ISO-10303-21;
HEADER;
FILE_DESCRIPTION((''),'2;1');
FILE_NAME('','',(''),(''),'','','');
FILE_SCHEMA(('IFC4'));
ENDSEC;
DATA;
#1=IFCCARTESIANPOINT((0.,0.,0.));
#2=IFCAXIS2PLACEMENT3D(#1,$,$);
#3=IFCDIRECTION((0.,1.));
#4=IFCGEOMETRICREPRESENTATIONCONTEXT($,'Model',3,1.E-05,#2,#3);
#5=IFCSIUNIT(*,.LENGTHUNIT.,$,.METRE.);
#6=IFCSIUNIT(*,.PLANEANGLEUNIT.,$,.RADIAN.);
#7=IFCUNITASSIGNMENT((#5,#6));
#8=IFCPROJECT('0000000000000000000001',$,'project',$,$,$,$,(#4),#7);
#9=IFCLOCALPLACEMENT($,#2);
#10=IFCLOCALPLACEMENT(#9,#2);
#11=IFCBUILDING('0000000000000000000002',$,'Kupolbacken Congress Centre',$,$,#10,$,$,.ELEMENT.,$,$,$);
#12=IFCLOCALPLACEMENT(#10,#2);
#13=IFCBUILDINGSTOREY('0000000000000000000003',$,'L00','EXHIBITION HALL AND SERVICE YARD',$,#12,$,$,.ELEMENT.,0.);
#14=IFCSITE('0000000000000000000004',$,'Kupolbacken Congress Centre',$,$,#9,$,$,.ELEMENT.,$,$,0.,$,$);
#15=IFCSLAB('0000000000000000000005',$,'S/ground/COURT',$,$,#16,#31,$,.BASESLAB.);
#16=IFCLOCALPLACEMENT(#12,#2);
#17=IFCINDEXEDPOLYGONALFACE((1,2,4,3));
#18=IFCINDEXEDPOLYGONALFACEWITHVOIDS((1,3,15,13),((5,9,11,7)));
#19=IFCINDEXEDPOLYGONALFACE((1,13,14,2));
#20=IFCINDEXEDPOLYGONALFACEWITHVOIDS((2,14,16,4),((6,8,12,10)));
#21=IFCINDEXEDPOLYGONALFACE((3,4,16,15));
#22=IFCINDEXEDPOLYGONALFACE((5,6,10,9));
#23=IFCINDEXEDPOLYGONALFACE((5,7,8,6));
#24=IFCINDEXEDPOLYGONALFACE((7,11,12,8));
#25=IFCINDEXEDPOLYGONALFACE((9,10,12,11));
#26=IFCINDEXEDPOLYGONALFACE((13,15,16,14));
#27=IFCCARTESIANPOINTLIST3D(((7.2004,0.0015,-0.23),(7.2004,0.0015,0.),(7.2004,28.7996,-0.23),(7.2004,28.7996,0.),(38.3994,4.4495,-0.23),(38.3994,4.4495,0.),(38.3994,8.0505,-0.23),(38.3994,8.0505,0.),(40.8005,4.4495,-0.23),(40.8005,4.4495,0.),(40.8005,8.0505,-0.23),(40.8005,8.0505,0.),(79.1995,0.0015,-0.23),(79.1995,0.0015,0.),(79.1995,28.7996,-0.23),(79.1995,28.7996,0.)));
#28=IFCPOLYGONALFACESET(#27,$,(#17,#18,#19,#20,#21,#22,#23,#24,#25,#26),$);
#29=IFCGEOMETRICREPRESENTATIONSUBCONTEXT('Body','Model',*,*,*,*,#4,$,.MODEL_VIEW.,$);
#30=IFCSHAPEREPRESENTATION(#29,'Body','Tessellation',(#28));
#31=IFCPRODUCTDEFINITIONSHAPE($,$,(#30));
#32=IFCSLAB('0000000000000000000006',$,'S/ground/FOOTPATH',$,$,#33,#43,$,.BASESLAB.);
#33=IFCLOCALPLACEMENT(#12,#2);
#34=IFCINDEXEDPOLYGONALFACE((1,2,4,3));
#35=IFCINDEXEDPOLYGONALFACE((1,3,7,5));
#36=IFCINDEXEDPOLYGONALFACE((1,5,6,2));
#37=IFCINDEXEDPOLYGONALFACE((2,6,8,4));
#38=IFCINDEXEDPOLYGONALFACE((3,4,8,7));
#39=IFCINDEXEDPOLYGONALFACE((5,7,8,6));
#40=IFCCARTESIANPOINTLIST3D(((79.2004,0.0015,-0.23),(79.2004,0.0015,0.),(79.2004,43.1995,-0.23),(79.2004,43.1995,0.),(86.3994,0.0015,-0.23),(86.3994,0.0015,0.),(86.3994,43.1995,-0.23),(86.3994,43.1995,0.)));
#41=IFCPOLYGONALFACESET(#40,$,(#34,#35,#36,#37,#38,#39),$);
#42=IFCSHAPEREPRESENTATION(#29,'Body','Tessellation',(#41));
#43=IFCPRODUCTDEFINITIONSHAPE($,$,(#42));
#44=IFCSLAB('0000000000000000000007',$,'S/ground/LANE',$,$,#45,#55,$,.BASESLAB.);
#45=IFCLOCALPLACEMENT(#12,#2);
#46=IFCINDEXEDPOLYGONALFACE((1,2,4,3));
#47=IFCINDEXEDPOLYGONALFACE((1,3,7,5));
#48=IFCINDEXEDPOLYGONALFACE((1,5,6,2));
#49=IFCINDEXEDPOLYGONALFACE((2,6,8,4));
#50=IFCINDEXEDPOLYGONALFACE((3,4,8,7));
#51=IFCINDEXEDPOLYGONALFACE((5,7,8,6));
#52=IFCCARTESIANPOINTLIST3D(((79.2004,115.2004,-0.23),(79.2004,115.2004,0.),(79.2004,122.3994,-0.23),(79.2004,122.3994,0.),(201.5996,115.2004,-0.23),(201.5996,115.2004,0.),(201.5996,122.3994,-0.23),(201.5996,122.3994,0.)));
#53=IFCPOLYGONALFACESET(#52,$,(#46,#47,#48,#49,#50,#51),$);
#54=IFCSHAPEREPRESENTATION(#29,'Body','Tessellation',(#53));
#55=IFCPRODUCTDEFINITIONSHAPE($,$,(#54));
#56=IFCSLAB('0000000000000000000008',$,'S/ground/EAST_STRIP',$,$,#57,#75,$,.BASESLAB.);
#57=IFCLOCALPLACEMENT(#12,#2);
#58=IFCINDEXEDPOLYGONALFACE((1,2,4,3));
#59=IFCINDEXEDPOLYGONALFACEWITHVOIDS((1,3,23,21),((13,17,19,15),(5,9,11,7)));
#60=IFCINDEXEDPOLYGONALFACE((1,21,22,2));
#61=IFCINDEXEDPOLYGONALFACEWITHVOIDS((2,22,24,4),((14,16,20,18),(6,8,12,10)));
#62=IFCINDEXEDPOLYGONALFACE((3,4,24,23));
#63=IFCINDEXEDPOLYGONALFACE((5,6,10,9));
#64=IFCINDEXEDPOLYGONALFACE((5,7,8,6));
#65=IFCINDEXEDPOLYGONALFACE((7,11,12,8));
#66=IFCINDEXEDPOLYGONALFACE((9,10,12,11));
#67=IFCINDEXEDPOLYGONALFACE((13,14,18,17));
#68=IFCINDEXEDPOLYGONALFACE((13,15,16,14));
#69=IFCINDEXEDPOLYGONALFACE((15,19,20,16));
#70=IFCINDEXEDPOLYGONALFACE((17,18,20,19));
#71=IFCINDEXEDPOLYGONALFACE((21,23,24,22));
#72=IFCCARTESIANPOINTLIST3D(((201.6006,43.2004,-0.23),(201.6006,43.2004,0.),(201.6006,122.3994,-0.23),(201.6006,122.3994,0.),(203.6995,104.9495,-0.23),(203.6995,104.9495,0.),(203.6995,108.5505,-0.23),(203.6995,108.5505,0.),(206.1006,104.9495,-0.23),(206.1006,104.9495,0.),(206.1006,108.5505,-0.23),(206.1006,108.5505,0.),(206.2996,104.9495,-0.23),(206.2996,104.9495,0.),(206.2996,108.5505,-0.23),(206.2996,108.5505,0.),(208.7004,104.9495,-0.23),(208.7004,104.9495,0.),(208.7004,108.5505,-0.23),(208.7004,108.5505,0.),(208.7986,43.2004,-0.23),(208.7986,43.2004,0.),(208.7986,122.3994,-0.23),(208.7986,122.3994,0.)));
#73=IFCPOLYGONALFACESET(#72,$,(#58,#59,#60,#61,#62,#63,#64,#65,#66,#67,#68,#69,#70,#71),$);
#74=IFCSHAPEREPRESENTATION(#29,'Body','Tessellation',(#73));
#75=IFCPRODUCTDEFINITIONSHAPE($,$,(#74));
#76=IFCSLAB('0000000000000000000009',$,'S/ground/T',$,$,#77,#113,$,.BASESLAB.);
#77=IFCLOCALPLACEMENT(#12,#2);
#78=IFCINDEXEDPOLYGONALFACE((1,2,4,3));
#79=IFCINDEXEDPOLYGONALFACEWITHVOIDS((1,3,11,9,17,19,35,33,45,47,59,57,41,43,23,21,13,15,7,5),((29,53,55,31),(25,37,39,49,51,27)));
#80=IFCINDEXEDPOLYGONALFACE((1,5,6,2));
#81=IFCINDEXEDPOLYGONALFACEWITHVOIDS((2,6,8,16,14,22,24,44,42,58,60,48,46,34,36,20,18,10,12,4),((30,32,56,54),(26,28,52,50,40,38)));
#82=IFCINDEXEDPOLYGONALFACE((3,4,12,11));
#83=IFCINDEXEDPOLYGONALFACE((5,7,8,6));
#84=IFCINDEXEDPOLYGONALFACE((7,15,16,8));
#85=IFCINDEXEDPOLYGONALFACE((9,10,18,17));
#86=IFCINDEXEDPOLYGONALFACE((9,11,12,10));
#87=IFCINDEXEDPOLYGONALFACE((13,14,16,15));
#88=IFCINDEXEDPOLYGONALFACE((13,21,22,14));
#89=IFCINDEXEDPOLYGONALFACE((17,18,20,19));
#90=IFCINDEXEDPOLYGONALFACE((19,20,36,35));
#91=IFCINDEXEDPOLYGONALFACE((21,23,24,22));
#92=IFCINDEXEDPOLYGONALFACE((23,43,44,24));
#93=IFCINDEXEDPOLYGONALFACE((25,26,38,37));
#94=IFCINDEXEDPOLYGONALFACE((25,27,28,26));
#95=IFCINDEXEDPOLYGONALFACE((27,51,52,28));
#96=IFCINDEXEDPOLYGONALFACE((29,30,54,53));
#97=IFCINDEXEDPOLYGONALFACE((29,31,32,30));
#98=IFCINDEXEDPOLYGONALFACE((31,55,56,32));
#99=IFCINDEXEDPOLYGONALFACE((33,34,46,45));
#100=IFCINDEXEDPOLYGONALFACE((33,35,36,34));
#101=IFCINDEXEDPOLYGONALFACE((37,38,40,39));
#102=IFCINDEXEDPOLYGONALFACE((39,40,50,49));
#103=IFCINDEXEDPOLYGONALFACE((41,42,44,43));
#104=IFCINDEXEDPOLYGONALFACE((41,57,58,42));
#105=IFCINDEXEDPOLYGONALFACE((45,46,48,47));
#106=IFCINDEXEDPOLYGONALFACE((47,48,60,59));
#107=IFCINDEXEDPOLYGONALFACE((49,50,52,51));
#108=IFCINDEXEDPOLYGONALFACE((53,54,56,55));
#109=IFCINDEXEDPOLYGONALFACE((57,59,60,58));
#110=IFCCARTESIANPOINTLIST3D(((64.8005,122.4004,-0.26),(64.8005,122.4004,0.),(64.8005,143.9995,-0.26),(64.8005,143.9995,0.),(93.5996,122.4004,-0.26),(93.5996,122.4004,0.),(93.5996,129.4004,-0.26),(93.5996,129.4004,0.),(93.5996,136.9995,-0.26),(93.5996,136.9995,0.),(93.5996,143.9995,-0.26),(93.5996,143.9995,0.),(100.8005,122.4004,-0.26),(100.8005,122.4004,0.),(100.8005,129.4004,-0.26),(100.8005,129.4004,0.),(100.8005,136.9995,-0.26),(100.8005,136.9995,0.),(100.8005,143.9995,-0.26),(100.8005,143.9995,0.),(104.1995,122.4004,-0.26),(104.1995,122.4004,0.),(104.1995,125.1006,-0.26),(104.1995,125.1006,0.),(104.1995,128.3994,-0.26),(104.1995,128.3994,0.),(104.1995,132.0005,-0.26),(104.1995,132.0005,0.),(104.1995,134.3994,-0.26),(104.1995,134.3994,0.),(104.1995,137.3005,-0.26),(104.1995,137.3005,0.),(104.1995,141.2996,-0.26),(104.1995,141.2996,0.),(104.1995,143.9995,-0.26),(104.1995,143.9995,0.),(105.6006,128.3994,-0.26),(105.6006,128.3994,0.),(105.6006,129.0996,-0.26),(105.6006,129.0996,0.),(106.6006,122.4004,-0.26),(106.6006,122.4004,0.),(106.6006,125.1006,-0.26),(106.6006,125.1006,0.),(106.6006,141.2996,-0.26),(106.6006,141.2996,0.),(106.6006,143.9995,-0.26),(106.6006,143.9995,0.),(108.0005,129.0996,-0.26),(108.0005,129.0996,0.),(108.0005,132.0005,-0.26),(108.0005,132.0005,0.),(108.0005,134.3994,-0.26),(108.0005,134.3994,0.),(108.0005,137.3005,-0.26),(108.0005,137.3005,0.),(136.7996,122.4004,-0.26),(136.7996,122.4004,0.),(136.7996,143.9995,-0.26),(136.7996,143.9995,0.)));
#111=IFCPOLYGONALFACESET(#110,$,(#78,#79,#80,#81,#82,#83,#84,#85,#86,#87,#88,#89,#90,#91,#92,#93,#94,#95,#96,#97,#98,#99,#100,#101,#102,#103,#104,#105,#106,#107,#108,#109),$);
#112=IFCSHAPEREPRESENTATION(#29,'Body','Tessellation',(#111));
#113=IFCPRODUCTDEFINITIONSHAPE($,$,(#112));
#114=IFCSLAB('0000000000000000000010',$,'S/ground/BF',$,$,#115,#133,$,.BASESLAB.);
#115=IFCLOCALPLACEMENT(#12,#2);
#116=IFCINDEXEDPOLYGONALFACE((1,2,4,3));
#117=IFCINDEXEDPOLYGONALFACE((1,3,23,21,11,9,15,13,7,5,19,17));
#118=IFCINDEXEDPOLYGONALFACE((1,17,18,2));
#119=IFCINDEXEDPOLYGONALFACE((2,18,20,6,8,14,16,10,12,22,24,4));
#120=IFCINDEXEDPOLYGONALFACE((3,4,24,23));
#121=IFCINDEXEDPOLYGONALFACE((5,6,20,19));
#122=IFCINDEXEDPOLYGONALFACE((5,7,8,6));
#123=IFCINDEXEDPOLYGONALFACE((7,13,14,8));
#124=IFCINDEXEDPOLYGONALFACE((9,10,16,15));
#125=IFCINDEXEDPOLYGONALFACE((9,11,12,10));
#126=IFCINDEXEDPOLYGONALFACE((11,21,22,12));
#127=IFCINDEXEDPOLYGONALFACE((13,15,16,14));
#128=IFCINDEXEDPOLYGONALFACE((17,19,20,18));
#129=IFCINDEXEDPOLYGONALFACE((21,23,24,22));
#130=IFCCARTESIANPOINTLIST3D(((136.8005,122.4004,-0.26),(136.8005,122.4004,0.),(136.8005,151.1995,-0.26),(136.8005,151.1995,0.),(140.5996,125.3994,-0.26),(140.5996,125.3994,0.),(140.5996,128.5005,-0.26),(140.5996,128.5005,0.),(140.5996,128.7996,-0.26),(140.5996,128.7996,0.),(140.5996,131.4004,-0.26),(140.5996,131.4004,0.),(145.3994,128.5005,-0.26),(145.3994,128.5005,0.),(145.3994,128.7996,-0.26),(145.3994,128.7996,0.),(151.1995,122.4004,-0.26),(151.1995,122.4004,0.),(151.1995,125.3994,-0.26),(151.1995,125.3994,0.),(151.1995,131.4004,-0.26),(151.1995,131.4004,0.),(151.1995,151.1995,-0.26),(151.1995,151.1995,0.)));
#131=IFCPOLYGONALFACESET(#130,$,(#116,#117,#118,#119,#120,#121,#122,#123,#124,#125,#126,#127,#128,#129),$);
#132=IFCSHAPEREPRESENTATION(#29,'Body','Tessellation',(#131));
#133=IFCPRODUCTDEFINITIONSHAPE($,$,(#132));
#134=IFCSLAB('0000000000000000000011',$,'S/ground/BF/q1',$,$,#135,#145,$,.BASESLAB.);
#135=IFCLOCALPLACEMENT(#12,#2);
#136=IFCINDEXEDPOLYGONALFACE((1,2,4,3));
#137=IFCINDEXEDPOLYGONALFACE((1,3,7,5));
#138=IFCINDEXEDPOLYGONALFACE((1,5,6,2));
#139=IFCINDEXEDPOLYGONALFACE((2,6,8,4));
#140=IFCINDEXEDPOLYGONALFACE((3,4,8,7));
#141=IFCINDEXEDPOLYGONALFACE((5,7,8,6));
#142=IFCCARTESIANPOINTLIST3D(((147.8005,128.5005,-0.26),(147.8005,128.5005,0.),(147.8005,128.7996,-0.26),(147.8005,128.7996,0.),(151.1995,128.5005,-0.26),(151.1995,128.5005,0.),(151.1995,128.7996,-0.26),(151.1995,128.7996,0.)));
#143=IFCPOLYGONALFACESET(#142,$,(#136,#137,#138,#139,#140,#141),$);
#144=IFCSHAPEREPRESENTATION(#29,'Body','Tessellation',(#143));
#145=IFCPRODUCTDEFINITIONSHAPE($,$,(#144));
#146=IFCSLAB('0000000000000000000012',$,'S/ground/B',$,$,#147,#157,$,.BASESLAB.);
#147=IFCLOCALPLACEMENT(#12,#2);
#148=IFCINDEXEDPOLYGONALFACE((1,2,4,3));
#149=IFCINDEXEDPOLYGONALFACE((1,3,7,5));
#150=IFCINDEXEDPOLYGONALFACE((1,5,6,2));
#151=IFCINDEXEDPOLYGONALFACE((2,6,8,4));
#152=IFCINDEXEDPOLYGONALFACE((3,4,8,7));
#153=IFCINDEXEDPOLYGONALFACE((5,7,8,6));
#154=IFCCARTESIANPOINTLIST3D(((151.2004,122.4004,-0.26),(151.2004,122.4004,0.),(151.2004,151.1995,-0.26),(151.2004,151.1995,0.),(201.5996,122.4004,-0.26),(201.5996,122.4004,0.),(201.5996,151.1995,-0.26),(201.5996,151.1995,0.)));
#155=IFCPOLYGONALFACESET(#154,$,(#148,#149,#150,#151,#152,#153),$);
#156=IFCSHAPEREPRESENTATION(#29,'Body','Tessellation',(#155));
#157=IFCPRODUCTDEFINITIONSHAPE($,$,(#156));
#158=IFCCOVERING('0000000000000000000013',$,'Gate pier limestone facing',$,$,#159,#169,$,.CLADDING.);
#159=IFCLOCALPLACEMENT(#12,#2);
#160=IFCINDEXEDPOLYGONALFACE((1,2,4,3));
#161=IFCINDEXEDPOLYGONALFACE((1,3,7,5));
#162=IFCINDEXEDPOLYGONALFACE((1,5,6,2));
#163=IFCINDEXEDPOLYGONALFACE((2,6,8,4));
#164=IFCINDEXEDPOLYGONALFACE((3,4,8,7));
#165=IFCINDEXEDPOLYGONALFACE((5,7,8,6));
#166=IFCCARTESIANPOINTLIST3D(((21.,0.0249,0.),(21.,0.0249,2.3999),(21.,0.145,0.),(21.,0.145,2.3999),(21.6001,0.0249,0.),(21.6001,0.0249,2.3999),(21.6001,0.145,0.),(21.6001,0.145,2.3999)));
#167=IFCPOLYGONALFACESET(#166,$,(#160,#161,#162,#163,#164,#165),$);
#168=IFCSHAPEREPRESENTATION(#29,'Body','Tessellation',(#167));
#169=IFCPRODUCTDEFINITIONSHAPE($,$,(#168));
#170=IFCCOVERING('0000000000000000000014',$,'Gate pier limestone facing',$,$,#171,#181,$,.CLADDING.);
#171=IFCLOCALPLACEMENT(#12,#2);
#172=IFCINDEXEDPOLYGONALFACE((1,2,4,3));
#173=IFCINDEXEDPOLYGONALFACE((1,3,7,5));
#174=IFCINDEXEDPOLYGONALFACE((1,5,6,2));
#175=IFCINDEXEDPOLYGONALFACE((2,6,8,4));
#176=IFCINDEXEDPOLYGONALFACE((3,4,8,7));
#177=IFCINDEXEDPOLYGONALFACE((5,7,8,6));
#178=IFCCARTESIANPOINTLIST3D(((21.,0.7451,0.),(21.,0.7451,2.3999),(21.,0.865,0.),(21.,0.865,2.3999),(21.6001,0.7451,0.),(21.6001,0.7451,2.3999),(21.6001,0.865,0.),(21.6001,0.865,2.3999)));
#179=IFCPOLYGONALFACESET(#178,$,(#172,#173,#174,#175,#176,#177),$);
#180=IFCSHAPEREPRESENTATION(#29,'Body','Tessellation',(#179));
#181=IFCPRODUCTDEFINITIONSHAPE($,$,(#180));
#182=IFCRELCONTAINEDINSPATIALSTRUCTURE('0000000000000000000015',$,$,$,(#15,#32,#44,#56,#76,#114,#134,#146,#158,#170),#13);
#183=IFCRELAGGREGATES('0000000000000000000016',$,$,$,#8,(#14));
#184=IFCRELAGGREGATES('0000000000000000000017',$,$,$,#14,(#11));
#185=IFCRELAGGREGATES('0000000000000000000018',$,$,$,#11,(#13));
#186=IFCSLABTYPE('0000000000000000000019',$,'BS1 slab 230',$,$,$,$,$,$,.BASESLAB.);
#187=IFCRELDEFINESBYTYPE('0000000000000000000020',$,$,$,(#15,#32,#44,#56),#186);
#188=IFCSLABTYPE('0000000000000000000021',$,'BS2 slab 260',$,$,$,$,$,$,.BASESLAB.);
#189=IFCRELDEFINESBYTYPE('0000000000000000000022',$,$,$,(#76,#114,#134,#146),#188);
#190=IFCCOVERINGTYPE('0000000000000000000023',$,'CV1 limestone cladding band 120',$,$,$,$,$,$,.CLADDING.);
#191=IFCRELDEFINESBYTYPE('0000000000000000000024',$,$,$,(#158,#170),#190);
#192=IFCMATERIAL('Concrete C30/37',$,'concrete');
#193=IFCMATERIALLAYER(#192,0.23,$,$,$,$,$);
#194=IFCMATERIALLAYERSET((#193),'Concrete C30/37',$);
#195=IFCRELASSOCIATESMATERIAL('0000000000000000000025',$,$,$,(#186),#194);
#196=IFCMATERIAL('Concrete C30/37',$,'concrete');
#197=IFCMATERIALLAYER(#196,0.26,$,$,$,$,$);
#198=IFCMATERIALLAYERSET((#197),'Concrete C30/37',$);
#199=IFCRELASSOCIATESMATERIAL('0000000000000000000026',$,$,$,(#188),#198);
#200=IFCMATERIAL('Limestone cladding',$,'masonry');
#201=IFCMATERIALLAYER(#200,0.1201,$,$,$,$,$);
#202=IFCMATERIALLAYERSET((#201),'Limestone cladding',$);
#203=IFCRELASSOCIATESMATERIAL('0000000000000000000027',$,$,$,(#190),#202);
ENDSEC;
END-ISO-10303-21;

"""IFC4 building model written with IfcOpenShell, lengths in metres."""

from ifc_helpers import new_model, si_unit, direction, frame, origin, place, context, subcontext, project, spatial, polyline, outline, extrude, material, layer, layer_set, type_object, element, save


model = new_model("IFC4")

# Units and contexts
model_context = context("Model", 3, precision=1e-05, world=origin(), true_north=direction((0.0, 1.0)))
body_context = subcontext(model_context, "Body", "Model", "MODEL_VIEW")
ifc_project = project(units=[si_unit("LENGTHUNIT", "METRE"), si_unit("PLANEANGLEUNIT", "RADIAN")], contexts=[model_context])

# Site, building, storey
site_placement = place(None, origin())
site = spatial("IfcSite", under=ifc_project, at=site_placement, Name="Kupolbacken Congress Centre", CompositionType="ELEMENT", RefElevation=0.0)
building_placement = place(site_placement, origin())
building = spatial("IfcBuilding", under=site, at=building_placement, Name="Kupolbacken Congress Centre", CompositionType="ELEMENT")
storey_placement = place(building_placement, origin())
storey = spatial("IfcBuildingStorey", under=building, at=storey_placement, Name="L00", Description="EXHIBITION HALL AND SERVICE YARD", CompositionType="ELEMENT", Elevation=0.0)

# Slabs
ifc_material_1 = material(Name="Concrete C30/37", Category="concrete")
ifc_layer_1 = layer(ifc_material_1, 0.23)
ifc_layer_set_1 = layer_set([ifc_layer_1], Name="Concrete C30/37")
slab_type_1 = type_object("IfcSlabType", Name="BS1 slab 230", PredefinedType="BASESLAB", material=ifc_layer_set_1)
slab_1_placement = place(storey_placement, frame((0.0, 0.0, -0.23)))
element("IfcSlab", 1, at=slab_1_placement, inside=storey, type_object=slab_type_1, Name="S/ground/COURT", PredefinedType="BASESLAB", context=body_context, shape_type="SweptSolid", body=[
    extrude(outline(polyline([(7.2004, 0.0015), (79.1995, 0.0015), (79.1995, 28.7996), (7.2004, 28.7996), (7.2004, 0.0015)]), holes=[polyline([(40.8005, 4.4495), (38.3994, 4.4495), (38.3994, 8.0505), (40.8005, 8.0505), (40.8005, 4.4495)])]), origin(), (0.0, 0.0, 1.0), 0.23),
])
slab_2_placement = place(storey_placement, frame((0.0, 0.0, -0.23)))
element("IfcSlab", 2, at=slab_2_placement, inside=storey, type_object=slab_type_1, Name="S/ground/FOOTPATH", PredefinedType="BASESLAB", context=body_context, shape_type="SweptSolid", body=[
    extrude(outline(polyline([(86.3994, 0.0015), (86.3994, 43.1995), (79.2004, 43.1995), (79.2004, 0.0015), (86.3994, 0.0015)])), origin(), (0.0, 0.0, 1.0), 0.23),
])
slab_3_placement = place(storey_placement, frame((0.0, 0.0, -0.23)))
element("IfcSlab", 3, at=slab_3_placement, inside=storey, type_object=slab_type_1, Name="S/ground/LANE", PredefinedType="BASESLAB", context=body_context, shape_type="SweptSolid", body=[
    extrude(outline(polyline([(201.5996, 115.2004), (201.5996, 122.3994), (79.2004, 122.3994), (79.2004, 115.2004), (201.5996, 115.2004)])), origin(), (0.0, 0.0, 1.0), 0.23),
])
slab_4_placement = place(storey_placement, frame((0.0, 0.0, -0.23)))
element("IfcSlab", 4, at=slab_4_placement, inside=storey, type_object=slab_type_1, Name="S/ground/EAST_STRIP", PredefinedType="BASESLAB", context=body_context, shape_type="SweptSolid", body=[
    extrude(outline(polyline([(201.6006, 43.2004), (208.7986, 43.2004), (208.7986, 122.3994), (201.6006, 122.3994), (201.6006, 43.2004)]), holes=[polyline([(206.2996, 108.5505), (208.7004, 108.5505), (208.7004, 104.9495), (206.2996, 104.9495), (206.2996, 108.5505)]), polyline([(203.6995, 108.5505), (206.1006, 108.5505), (206.1006, 104.9495), (203.6995, 104.9495), (203.6995, 108.5505)])]), origin(), (0.0, 0.0, 1.0), 0.23),
])
ifc_material_2 = material(Name="Concrete C30/37", Category="concrete")
ifc_layer_2 = layer(ifc_material_2, 0.26)
ifc_layer_set_2 = layer_set([ifc_layer_2], Name="Concrete C30/37")
slab_type_2 = type_object("IfcSlabType", Name="BS2 slab 260", PredefinedType="BASESLAB", material=ifc_layer_set_2)
slab_5_placement = place(storey_placement, frame((0.0, 0.0, -0.26)))
element("IfcSlab", 5, at=slab_5_placement, inside=storey, type_object=slab_type_2, Name="S/ground/T", PredefinedType="BASESLAB", context=body_context, shape_type="SweptSolid", body=[
    extrude(outline(polyline([(64.8005, 122.4004), (93.5996, 122.4004), (93.5996, 129.4004), (100.8005, 129.4004), (100.8005, 122.4004), (104.1995, 122.4004), (104.1995, 125.1006), (106.6006, 125.1006), (106.6006, 122.4004), (136.7996, 122.4004), (136.7996, 143.9995), (106.6006, 143.9995), (106.6006, 141.2996), (104.1995, 141.2996), (104.1995, 143.9995), (100.8005, 143.9995), (100.8005, 136.9995), (93.5996, 136.9995), (93.5996, 143.9995), (64.8005, 143.9995), (64.8005, 122.4004)]), holes=[polyline([(105.6006, 128.3994), (104.1995, 128.3994), (104.1995, 132.0005), (108.0005, 132.0005), (108.0005, 129.0996), (105.6006, 129.0996), (105.6006, 128.3994)]), polyline([(104.1995, 134.3994), (104.1995, 137.3005), (108.0005, 137.3005), (108.0005, 134.3994), (104.1995, 134.3994)])]), origin(), (0.0, 0.0, 1.0), 0.26),
])
slab_6_placement = place(storey_placement, frame((0.0, 0.0, -0.26)))
element("IfcSlab", 6, at=slab_6_placement, inside=storey, type_object=slab_type_2, Name="S/ground/BF", PredefinedType="BASESLAB", context=body_context, shape_type="SweptSolid", body=[
    extrude(outline(polyline([(136.8005, 122.4004), (151.1995, 122.4004), (151.1995, 125.3994), (140.5996, 125.3994), (140.5996, 128.5005), (145.3994, 128.5005), (145.3994, 128.7996), (140.5996, 128.7996), (140.5996, 131.4004), (151.1995, 131.4004), (151.1995, 151.1995), (136.8005, 151.1995), (136.8005, 122.4004)])), origin(), (0.0, 0.0, 1.0), 0.26),
])
slab_7_placement = place(storey_placement, frame((0.0, 0.0, -0.26)))
element("IfcSlab", 7, at=slab_7_placement, inside=storey, type_object=slab_type_2, Name="S/ground/BF/q1", PredefinedType="BASESLAB", context=body_context, shape_type="SweptSolid", body=[
    extrude(outline(polyline([(151.1995, 128.7996), (147.8005, 128.7996), (147.8005, 128.5005), (151.1995, 128.5005), (151.1995, 128.7996)])), origin(), (0.0, 0.0, 1.0), 0.26),
])
slab_8_placement = place(storey_placement, frame((0.0, 0.0, -0.26)))
element("IfcSlab", 8, at=slab_8_placement, inside=storey, type_object=slab_type_2, Name="S/ground/B", PredefinedType="BASESLAB", context=body_context, shape_type="SweptSolid", body=[
    extrude(outline(polyline([(201.5996, 122.4004), (201.5996, 151.1995), (151.2004, 151.1995), (151.2004, 122.4004), (201.5996, 122.4004)])), origin(), (0.0, 0.0, 1.0), 0.26),
])

# Coverings
ifc_material_3 = material(Name="Limestone cladding", Category="masonry")
ifc_layer_3 = layer(ifc_material_3, 0.1201)
ifc_layer_set_3 = layer_set([ifc_layer_3], Name="Limestone cladding")
covering_type_1 = type_object("IfcCoveringType", Name="CV1 limestone cladding band 120", PredefinedType="CLADDING", material=ifc_layer_set_3)
covering_1_placement = place(storey_placement, origin())
element("IfcCovering", 9, at=covering_1_placement, inside=storey, type_object=covering_type_1, Name="Gate pier limestone facing", PredefinedType="CLADDING", context=body_context, shape_type="SweptSolid", body=[
    extrude(outline(polyline([(21.0, 0.0249), (21.0, 0.145), (21.6001, 0.145), (21.6001, 0.0249), (21.0, 0.0249)])), origin(), (0.0, 0.0, 1.0), 2.3999),
])
covering_2_placement = place(storey_placement, origin())
element("IfcCovering", 10, at=covering_2_placement, inside=storey, type_object=covering_type_1, Name="Gate pier limestone facing", PredefinedType="CLADDING", context=body_context, shape_type="SweptSolid", body=[
    extrude(outline(polyline([(21.0, 0.7451), (21.0, 0.865), (21.6001, 0.865), (21.6001, 0.7451), (21.0, 0.7451)])), origin(), (0.0, 0.0, 1.0), 2.3999),
])

save(model, "model.ifc")
